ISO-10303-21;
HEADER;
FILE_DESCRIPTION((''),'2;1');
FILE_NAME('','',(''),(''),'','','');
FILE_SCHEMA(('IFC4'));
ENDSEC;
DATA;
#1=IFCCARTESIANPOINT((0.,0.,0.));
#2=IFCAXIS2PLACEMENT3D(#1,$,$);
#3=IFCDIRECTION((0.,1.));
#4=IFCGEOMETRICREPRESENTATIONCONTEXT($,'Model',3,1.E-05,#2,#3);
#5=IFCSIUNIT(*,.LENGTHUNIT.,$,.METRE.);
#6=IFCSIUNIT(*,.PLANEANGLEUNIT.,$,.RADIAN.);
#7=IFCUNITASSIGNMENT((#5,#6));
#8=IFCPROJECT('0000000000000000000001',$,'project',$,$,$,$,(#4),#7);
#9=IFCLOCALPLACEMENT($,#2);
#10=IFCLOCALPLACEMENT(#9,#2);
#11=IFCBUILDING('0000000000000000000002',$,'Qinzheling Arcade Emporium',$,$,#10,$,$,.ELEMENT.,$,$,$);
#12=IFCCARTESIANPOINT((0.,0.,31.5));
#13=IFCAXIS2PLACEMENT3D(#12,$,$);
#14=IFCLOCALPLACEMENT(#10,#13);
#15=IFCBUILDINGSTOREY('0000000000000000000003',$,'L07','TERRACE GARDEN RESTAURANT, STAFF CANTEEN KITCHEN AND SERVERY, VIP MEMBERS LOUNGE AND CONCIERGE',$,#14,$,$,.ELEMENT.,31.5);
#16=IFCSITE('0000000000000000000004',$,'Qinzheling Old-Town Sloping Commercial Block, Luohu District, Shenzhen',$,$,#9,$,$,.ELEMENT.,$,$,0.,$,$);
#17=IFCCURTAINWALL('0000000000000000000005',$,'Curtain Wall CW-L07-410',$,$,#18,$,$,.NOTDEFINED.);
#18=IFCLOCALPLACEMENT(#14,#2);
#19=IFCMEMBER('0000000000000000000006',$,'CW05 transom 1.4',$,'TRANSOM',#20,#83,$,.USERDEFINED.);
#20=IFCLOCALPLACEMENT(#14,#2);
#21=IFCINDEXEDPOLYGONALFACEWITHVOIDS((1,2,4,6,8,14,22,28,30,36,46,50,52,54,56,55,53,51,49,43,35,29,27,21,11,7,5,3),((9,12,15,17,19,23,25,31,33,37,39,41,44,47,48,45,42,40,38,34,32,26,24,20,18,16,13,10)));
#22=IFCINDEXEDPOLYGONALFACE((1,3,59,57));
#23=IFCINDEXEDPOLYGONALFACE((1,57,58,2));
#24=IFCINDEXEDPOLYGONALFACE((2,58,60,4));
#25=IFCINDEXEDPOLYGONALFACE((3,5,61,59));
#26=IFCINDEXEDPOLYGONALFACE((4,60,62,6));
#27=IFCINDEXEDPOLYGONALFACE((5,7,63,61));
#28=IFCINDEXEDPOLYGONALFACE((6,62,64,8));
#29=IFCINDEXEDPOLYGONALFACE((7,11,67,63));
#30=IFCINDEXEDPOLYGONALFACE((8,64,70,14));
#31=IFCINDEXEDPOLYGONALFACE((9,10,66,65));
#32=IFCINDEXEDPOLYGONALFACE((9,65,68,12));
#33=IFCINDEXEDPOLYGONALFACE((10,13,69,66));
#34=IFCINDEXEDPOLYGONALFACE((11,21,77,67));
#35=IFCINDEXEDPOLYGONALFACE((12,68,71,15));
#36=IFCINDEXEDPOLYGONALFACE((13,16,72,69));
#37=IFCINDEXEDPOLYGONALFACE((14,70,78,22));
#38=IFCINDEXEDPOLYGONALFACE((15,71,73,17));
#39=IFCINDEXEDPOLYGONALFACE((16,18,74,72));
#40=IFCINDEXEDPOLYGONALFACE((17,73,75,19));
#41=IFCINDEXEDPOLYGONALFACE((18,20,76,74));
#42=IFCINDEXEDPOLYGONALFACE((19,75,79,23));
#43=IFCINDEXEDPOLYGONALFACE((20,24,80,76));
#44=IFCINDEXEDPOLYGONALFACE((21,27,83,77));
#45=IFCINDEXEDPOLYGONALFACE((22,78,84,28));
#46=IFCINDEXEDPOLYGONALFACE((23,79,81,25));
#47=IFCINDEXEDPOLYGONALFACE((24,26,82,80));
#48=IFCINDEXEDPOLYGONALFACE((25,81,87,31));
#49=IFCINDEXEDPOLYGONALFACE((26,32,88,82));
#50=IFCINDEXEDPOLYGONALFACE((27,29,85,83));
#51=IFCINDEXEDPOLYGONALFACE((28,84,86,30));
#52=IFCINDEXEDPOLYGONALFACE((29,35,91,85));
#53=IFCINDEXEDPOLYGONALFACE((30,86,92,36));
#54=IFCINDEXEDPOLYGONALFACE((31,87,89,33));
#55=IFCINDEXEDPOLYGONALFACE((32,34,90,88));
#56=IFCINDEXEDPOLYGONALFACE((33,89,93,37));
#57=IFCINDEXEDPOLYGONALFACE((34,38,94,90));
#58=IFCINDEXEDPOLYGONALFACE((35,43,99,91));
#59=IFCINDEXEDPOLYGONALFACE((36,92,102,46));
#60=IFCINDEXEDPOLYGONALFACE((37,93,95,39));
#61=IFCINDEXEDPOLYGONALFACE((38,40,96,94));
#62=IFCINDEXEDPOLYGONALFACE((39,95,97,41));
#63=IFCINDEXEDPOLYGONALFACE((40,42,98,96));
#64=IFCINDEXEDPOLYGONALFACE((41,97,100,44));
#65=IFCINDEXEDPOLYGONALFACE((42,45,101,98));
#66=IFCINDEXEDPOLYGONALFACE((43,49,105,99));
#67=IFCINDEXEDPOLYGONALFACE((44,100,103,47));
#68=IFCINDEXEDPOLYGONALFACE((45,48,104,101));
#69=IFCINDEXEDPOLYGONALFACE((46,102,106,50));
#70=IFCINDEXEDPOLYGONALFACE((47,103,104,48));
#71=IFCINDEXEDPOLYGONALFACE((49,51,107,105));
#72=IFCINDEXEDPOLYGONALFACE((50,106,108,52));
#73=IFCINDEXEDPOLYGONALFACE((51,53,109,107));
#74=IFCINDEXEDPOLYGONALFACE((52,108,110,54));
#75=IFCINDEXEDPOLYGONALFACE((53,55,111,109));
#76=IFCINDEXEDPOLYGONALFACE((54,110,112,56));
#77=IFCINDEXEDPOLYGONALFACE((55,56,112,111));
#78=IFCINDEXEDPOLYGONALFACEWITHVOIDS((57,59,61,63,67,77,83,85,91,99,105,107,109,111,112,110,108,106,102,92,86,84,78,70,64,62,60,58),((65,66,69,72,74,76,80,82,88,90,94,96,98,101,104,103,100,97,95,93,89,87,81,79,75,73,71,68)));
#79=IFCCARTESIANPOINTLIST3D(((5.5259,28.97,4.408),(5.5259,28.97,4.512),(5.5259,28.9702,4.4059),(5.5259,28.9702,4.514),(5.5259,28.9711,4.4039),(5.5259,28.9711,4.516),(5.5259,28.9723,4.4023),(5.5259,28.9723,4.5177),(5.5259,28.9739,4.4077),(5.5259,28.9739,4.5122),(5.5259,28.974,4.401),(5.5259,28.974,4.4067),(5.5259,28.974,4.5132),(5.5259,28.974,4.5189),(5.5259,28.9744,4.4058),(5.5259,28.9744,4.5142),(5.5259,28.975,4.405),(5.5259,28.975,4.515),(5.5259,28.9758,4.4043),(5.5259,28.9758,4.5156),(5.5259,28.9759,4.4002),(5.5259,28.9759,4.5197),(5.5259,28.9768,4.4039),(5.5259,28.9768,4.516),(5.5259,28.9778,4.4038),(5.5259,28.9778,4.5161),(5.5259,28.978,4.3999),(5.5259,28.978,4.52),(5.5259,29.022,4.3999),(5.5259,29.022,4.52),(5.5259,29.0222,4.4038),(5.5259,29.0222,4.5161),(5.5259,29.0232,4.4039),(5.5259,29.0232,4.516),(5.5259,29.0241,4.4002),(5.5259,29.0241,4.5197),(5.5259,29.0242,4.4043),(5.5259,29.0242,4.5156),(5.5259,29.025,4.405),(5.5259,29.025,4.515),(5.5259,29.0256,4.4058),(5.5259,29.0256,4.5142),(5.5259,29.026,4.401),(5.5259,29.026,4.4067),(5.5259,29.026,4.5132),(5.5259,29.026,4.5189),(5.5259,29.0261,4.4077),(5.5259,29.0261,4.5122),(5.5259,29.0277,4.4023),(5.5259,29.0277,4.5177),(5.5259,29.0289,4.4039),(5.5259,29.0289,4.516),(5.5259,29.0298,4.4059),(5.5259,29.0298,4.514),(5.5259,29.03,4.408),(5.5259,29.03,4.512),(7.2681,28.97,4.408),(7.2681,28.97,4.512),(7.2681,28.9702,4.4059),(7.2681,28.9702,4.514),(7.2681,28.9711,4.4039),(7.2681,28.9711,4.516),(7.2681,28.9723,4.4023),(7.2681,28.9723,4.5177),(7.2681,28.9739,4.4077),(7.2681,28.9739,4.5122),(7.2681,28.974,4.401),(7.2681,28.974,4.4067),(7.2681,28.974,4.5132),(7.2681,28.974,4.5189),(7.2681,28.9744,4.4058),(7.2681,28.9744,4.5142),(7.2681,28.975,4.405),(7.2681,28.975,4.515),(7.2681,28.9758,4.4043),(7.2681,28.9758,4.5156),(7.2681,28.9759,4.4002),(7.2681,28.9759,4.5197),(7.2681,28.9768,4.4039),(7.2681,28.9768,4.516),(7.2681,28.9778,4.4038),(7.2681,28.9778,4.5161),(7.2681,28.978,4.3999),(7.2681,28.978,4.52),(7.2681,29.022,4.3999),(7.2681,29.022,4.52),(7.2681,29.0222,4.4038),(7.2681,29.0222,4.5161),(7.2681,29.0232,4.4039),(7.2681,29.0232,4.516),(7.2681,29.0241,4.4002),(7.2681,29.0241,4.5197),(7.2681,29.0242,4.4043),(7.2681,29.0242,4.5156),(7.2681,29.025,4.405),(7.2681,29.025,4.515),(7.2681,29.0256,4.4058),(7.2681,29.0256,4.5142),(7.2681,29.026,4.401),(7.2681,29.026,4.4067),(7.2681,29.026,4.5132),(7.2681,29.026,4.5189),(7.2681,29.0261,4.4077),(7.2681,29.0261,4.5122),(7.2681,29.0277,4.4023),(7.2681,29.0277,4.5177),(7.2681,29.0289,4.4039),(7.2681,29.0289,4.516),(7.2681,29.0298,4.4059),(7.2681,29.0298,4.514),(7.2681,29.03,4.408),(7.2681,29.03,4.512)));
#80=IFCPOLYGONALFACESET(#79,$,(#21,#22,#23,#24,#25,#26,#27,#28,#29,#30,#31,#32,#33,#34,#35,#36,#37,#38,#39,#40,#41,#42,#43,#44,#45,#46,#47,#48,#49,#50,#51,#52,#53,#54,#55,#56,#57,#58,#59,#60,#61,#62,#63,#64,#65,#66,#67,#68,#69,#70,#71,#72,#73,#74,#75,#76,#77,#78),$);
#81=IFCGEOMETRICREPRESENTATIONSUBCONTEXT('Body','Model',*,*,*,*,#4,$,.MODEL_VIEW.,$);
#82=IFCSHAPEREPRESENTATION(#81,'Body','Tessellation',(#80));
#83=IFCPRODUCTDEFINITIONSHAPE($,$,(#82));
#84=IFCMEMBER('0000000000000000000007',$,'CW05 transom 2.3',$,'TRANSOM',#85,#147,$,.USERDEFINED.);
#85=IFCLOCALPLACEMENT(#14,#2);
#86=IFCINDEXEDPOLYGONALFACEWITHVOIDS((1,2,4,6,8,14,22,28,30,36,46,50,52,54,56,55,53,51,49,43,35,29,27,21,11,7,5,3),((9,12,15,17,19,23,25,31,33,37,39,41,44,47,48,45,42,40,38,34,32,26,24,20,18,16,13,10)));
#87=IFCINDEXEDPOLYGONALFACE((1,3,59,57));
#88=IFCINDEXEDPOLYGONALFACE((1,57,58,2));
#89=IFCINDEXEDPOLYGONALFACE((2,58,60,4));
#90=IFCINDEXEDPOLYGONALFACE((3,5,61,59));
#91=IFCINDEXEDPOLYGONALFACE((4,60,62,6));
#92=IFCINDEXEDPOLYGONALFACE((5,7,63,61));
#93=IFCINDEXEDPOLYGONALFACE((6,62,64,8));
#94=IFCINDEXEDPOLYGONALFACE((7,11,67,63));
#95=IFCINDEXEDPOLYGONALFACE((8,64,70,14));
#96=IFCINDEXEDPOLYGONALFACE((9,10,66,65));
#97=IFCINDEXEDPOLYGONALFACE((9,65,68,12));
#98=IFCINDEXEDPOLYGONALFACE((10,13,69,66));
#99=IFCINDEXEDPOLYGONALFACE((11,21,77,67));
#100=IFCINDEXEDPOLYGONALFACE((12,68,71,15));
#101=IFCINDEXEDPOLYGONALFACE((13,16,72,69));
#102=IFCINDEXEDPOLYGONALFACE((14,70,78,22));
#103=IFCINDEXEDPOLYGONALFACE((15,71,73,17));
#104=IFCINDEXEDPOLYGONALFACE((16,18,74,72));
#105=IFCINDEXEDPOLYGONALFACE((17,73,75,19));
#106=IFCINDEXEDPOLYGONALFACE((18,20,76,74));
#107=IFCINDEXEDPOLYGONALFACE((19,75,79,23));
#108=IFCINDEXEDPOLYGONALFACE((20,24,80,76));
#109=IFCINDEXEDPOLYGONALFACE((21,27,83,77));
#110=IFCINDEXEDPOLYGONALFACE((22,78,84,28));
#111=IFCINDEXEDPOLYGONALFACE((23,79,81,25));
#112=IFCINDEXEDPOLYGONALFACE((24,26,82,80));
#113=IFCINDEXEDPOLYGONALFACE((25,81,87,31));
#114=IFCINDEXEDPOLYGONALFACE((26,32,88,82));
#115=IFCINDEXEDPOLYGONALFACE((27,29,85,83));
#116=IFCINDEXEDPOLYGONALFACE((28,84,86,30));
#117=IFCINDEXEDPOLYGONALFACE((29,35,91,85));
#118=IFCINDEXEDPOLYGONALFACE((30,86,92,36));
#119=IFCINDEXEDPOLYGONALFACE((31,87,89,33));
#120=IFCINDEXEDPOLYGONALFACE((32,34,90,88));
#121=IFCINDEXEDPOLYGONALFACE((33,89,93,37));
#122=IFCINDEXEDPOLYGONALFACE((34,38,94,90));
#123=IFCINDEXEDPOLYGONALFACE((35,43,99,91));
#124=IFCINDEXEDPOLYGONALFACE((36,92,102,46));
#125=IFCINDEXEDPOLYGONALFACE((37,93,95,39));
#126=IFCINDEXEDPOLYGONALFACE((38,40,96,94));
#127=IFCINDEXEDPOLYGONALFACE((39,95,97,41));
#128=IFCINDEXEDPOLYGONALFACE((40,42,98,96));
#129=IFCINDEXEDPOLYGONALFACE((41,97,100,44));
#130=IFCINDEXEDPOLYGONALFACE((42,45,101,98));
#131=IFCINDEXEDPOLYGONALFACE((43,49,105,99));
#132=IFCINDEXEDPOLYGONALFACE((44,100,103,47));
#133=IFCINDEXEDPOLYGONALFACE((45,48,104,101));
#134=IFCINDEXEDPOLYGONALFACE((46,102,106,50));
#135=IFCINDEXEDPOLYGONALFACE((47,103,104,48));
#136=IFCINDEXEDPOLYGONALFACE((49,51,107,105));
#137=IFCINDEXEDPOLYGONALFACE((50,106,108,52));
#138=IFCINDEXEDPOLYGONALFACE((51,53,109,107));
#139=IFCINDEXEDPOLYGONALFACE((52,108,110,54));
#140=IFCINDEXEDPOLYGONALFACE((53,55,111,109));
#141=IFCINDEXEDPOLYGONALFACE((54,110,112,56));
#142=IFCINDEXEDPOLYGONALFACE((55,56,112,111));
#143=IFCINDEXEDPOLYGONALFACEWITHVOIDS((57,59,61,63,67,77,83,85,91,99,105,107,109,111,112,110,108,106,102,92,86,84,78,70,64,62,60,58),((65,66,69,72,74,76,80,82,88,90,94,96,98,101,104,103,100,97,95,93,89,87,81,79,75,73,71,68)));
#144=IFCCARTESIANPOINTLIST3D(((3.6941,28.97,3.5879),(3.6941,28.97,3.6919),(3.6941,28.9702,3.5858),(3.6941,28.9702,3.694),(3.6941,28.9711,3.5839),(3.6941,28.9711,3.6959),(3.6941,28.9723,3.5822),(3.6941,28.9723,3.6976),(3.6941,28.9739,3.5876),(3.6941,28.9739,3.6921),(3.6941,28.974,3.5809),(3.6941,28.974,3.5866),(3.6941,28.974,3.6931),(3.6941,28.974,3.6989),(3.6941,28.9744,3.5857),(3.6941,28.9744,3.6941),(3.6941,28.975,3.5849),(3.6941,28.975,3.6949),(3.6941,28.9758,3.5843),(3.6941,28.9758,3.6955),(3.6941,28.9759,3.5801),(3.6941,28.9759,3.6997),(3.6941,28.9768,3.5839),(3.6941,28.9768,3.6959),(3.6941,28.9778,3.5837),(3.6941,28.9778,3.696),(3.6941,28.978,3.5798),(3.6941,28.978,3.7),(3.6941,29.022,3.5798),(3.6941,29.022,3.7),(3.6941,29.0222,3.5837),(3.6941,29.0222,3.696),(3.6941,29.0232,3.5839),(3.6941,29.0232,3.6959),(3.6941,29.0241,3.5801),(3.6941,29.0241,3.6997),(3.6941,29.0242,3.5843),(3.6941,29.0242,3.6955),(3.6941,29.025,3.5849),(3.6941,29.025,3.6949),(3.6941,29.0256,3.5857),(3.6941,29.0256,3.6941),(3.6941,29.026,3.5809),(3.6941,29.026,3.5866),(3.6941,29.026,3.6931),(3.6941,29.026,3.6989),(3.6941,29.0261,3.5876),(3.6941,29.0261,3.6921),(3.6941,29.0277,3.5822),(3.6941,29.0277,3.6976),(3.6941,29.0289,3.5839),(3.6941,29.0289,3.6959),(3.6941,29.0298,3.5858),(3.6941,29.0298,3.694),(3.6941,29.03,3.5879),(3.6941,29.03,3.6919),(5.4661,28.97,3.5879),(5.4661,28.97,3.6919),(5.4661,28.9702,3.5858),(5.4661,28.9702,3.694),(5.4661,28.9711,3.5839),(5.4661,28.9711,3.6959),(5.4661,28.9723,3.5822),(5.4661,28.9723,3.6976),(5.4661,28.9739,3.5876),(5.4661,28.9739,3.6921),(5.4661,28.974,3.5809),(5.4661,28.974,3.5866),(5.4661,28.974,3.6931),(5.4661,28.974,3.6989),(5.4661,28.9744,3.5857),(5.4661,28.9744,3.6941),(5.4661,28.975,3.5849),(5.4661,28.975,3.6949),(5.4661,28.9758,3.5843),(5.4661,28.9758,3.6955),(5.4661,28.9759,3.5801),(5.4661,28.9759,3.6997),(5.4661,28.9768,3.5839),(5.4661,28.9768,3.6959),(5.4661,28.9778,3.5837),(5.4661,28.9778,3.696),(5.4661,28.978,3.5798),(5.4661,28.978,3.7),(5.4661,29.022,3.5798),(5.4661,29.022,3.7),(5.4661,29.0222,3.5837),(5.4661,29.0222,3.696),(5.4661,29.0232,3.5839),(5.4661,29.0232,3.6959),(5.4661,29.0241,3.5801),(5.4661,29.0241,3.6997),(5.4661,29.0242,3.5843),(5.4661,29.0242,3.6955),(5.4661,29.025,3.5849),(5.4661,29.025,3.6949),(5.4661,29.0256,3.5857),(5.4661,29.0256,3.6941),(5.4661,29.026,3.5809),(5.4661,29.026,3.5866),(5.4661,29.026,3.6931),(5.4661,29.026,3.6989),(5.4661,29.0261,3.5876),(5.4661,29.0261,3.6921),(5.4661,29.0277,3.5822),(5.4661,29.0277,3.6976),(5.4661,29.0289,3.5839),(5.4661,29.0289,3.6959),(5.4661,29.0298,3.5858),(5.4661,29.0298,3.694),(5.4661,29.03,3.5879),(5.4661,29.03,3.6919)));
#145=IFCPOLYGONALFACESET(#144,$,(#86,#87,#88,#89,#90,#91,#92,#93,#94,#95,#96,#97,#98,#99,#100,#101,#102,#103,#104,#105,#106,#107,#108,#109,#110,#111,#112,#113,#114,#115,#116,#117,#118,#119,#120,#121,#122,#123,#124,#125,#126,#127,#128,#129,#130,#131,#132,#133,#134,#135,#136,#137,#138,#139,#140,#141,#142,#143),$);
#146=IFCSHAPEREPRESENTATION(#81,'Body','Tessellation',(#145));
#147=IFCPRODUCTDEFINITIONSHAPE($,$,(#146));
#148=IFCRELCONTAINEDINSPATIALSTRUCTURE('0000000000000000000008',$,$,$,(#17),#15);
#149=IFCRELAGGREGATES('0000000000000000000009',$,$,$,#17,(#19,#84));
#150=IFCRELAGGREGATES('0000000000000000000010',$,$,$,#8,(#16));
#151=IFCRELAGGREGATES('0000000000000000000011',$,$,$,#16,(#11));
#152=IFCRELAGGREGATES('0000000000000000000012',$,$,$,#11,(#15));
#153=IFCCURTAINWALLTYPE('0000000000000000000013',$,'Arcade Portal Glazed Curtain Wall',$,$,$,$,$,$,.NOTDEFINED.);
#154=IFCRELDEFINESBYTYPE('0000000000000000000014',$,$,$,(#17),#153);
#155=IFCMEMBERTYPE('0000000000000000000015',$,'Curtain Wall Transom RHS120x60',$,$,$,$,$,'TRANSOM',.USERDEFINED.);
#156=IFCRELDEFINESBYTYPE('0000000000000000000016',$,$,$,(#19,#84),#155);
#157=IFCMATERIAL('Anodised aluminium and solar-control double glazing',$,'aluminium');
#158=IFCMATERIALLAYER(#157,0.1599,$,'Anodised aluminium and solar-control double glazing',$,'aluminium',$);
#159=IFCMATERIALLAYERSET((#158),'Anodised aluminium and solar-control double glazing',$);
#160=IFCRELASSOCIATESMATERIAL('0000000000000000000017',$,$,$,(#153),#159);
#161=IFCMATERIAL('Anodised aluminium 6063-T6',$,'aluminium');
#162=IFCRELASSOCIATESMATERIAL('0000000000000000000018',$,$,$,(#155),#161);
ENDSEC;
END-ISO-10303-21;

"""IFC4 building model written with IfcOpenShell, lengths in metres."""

from ifc_helpers import new_model, si_unit, direction, frame, origin, origin_2d, place, context, subcontext, project, spatial, hollow_rectangle, extrude, material, layer, layer_set, material_profile, profile_set, type_object, element, aggregate, save


model = new_model("IFC4")

# Units and contexts
model_context = context("Model", 3, precision=1e-05, world=origin(), true_north=direction((0.0, 1.0)))
body_context = subcontext(model_context, "Body", "Model", "MODEL_VIEW")
ifc_project = project(units=[si_unit("LENGTHUNIT", "METRE"), si_unit("PLANEANGLEUNIT", "RADIAN")], contexts=[model_context])

# Site, building, storey
site_placement = place(None, origin())
site = spatial("IfcSite", under=ifc_project, at=site_placement, Name="Qinzheling Old-Town Sloping Commercial Block, Luohu District, Shenzhen", CompositionType="ELEMENT", RefElevation=0.0)
building_placement = place(site_placement, origin())
building = spatial("IfcBuilding", under=site, at=building_placement, Name="Qinzheling Arcade Emporium", CompositionType="ELEMENT")
storey_placement = place(building_placement, frame((0.0, 0.0, 31.5)))
storey = spatial("IfcBuildingStorey", under=building, at=storey_placement, Name="L07", Description="TERRACE GARDEN RESTAURANT, STAFF CANTEEN KITCHEN AND SERVERY, VIP MEMBERS LOUNGE AND CONCIERGE", CompositionType="ELEMENT", Elevation=31.5)

# Curtain wall
ifc_material_1 = material(Name="Anodised aluminium and solar-control double glazing", Category="aluminium")
ifc_layer_1 = layer(ifc_material_1, 0.1599, Name="Anodised aluminium and solar-control double glazing", Category="aluminium")
ifc_layer_set_1 = layer_set([ifc_layer_1], Name="Anodised aluminium and solar-control double glazing")
curtain_wall_type = type_object("IfcCurtainWallType", Name="Arcade Portal Glazed Curtain Wall", PredefinedType="NOTDEFINED", material=ifc_layer_set_1)
ifc_material_2 = material(Name="Anodised aluminium 6063-T6", Category="aluminium")
curtain_wall_1_placement = place(storey_placement, origin())
curtain_wall_1 = element("IfcCurtainWall", 1, at=curtain_wall_1_placement, inside=storey, type_object=curtain_wall_type, Name="Curtain Wall CW-L07-410", PredefinedType="NOTDEFINED")

# Members
ifc_material_profile_1 = material_profile(ifc_material_2, hollow_rectangle(XDim=0.0601, YDim=0.1201, WallThickness=0.0039, InnerFilletRadius=0.0039, OuterFilletRadius=0.0081, at=origin_2d()), Name="RHS 120x60x4", Category="aluminium")
ifc_profile_set_1 = profile_set([ifc_material_profile_1], Name="Anodised aluminium 6063-T6")
member_type_1 = type_object("IfcMemberType", Name="Curtain Wall Transom RHS120x60", ElementType="TRANSOM", PredefinedType="USERDEFINED", material=ifc_profile_set_1)
member_1_placement = place(storey_placement, frame((7.2681, 29.0, 4.46), z_axis=(-1.0, 0.0, 0.0), x_axis=(0.0, -1.0, 0.0)))
member_1 = element("IfcMember", 2, at=member_1_placement, type_object=member_type_1, Name="CW05 transom 1.4", ObjectType="TRANSOM", PredefinedType="USERDEFINED", context=body_context, shape_type="SweptSolid", body=[
    extrude(hollow_rectangle(XDim=0.0601, YDim=0.1201, WallThickness=0.0039, InnerFilletRadius=0.0039, OuterFilletRadius=0.0081, at=origin_2d()), origin(), (0.0, 0.0, 1.0), 1.7422),
])
member_2_placement = place(storey_placement, frame((5.4661, 29.0, 3.6399), z_axis=(-1.0, 0.0, 0.0), x_axis=(0.0, -1.0, 0.0)))
member_2 = element("IfcMember", 3, at=member_2_placement, type_object=member_type_1, Name="CW05 transom 2.3", ObjectType="TRANSOM", PredefinedType="USERDEFINED", context=body_context, shape_type="SweptSolid", body=[
    extrude(hollow_rectangle(XDim=0.0601, YDim=0.1201, WallThickness=0.0039, InnerFilletRadius=0.0039, OuterFilletRadius=0.0081, at=origin_2d()), origin(), (0.0, 0.0, 1.0), 1.772),
])

aggregate(curtain_wall_1, [member_1, member_2])

save(model, "model.ifc")
